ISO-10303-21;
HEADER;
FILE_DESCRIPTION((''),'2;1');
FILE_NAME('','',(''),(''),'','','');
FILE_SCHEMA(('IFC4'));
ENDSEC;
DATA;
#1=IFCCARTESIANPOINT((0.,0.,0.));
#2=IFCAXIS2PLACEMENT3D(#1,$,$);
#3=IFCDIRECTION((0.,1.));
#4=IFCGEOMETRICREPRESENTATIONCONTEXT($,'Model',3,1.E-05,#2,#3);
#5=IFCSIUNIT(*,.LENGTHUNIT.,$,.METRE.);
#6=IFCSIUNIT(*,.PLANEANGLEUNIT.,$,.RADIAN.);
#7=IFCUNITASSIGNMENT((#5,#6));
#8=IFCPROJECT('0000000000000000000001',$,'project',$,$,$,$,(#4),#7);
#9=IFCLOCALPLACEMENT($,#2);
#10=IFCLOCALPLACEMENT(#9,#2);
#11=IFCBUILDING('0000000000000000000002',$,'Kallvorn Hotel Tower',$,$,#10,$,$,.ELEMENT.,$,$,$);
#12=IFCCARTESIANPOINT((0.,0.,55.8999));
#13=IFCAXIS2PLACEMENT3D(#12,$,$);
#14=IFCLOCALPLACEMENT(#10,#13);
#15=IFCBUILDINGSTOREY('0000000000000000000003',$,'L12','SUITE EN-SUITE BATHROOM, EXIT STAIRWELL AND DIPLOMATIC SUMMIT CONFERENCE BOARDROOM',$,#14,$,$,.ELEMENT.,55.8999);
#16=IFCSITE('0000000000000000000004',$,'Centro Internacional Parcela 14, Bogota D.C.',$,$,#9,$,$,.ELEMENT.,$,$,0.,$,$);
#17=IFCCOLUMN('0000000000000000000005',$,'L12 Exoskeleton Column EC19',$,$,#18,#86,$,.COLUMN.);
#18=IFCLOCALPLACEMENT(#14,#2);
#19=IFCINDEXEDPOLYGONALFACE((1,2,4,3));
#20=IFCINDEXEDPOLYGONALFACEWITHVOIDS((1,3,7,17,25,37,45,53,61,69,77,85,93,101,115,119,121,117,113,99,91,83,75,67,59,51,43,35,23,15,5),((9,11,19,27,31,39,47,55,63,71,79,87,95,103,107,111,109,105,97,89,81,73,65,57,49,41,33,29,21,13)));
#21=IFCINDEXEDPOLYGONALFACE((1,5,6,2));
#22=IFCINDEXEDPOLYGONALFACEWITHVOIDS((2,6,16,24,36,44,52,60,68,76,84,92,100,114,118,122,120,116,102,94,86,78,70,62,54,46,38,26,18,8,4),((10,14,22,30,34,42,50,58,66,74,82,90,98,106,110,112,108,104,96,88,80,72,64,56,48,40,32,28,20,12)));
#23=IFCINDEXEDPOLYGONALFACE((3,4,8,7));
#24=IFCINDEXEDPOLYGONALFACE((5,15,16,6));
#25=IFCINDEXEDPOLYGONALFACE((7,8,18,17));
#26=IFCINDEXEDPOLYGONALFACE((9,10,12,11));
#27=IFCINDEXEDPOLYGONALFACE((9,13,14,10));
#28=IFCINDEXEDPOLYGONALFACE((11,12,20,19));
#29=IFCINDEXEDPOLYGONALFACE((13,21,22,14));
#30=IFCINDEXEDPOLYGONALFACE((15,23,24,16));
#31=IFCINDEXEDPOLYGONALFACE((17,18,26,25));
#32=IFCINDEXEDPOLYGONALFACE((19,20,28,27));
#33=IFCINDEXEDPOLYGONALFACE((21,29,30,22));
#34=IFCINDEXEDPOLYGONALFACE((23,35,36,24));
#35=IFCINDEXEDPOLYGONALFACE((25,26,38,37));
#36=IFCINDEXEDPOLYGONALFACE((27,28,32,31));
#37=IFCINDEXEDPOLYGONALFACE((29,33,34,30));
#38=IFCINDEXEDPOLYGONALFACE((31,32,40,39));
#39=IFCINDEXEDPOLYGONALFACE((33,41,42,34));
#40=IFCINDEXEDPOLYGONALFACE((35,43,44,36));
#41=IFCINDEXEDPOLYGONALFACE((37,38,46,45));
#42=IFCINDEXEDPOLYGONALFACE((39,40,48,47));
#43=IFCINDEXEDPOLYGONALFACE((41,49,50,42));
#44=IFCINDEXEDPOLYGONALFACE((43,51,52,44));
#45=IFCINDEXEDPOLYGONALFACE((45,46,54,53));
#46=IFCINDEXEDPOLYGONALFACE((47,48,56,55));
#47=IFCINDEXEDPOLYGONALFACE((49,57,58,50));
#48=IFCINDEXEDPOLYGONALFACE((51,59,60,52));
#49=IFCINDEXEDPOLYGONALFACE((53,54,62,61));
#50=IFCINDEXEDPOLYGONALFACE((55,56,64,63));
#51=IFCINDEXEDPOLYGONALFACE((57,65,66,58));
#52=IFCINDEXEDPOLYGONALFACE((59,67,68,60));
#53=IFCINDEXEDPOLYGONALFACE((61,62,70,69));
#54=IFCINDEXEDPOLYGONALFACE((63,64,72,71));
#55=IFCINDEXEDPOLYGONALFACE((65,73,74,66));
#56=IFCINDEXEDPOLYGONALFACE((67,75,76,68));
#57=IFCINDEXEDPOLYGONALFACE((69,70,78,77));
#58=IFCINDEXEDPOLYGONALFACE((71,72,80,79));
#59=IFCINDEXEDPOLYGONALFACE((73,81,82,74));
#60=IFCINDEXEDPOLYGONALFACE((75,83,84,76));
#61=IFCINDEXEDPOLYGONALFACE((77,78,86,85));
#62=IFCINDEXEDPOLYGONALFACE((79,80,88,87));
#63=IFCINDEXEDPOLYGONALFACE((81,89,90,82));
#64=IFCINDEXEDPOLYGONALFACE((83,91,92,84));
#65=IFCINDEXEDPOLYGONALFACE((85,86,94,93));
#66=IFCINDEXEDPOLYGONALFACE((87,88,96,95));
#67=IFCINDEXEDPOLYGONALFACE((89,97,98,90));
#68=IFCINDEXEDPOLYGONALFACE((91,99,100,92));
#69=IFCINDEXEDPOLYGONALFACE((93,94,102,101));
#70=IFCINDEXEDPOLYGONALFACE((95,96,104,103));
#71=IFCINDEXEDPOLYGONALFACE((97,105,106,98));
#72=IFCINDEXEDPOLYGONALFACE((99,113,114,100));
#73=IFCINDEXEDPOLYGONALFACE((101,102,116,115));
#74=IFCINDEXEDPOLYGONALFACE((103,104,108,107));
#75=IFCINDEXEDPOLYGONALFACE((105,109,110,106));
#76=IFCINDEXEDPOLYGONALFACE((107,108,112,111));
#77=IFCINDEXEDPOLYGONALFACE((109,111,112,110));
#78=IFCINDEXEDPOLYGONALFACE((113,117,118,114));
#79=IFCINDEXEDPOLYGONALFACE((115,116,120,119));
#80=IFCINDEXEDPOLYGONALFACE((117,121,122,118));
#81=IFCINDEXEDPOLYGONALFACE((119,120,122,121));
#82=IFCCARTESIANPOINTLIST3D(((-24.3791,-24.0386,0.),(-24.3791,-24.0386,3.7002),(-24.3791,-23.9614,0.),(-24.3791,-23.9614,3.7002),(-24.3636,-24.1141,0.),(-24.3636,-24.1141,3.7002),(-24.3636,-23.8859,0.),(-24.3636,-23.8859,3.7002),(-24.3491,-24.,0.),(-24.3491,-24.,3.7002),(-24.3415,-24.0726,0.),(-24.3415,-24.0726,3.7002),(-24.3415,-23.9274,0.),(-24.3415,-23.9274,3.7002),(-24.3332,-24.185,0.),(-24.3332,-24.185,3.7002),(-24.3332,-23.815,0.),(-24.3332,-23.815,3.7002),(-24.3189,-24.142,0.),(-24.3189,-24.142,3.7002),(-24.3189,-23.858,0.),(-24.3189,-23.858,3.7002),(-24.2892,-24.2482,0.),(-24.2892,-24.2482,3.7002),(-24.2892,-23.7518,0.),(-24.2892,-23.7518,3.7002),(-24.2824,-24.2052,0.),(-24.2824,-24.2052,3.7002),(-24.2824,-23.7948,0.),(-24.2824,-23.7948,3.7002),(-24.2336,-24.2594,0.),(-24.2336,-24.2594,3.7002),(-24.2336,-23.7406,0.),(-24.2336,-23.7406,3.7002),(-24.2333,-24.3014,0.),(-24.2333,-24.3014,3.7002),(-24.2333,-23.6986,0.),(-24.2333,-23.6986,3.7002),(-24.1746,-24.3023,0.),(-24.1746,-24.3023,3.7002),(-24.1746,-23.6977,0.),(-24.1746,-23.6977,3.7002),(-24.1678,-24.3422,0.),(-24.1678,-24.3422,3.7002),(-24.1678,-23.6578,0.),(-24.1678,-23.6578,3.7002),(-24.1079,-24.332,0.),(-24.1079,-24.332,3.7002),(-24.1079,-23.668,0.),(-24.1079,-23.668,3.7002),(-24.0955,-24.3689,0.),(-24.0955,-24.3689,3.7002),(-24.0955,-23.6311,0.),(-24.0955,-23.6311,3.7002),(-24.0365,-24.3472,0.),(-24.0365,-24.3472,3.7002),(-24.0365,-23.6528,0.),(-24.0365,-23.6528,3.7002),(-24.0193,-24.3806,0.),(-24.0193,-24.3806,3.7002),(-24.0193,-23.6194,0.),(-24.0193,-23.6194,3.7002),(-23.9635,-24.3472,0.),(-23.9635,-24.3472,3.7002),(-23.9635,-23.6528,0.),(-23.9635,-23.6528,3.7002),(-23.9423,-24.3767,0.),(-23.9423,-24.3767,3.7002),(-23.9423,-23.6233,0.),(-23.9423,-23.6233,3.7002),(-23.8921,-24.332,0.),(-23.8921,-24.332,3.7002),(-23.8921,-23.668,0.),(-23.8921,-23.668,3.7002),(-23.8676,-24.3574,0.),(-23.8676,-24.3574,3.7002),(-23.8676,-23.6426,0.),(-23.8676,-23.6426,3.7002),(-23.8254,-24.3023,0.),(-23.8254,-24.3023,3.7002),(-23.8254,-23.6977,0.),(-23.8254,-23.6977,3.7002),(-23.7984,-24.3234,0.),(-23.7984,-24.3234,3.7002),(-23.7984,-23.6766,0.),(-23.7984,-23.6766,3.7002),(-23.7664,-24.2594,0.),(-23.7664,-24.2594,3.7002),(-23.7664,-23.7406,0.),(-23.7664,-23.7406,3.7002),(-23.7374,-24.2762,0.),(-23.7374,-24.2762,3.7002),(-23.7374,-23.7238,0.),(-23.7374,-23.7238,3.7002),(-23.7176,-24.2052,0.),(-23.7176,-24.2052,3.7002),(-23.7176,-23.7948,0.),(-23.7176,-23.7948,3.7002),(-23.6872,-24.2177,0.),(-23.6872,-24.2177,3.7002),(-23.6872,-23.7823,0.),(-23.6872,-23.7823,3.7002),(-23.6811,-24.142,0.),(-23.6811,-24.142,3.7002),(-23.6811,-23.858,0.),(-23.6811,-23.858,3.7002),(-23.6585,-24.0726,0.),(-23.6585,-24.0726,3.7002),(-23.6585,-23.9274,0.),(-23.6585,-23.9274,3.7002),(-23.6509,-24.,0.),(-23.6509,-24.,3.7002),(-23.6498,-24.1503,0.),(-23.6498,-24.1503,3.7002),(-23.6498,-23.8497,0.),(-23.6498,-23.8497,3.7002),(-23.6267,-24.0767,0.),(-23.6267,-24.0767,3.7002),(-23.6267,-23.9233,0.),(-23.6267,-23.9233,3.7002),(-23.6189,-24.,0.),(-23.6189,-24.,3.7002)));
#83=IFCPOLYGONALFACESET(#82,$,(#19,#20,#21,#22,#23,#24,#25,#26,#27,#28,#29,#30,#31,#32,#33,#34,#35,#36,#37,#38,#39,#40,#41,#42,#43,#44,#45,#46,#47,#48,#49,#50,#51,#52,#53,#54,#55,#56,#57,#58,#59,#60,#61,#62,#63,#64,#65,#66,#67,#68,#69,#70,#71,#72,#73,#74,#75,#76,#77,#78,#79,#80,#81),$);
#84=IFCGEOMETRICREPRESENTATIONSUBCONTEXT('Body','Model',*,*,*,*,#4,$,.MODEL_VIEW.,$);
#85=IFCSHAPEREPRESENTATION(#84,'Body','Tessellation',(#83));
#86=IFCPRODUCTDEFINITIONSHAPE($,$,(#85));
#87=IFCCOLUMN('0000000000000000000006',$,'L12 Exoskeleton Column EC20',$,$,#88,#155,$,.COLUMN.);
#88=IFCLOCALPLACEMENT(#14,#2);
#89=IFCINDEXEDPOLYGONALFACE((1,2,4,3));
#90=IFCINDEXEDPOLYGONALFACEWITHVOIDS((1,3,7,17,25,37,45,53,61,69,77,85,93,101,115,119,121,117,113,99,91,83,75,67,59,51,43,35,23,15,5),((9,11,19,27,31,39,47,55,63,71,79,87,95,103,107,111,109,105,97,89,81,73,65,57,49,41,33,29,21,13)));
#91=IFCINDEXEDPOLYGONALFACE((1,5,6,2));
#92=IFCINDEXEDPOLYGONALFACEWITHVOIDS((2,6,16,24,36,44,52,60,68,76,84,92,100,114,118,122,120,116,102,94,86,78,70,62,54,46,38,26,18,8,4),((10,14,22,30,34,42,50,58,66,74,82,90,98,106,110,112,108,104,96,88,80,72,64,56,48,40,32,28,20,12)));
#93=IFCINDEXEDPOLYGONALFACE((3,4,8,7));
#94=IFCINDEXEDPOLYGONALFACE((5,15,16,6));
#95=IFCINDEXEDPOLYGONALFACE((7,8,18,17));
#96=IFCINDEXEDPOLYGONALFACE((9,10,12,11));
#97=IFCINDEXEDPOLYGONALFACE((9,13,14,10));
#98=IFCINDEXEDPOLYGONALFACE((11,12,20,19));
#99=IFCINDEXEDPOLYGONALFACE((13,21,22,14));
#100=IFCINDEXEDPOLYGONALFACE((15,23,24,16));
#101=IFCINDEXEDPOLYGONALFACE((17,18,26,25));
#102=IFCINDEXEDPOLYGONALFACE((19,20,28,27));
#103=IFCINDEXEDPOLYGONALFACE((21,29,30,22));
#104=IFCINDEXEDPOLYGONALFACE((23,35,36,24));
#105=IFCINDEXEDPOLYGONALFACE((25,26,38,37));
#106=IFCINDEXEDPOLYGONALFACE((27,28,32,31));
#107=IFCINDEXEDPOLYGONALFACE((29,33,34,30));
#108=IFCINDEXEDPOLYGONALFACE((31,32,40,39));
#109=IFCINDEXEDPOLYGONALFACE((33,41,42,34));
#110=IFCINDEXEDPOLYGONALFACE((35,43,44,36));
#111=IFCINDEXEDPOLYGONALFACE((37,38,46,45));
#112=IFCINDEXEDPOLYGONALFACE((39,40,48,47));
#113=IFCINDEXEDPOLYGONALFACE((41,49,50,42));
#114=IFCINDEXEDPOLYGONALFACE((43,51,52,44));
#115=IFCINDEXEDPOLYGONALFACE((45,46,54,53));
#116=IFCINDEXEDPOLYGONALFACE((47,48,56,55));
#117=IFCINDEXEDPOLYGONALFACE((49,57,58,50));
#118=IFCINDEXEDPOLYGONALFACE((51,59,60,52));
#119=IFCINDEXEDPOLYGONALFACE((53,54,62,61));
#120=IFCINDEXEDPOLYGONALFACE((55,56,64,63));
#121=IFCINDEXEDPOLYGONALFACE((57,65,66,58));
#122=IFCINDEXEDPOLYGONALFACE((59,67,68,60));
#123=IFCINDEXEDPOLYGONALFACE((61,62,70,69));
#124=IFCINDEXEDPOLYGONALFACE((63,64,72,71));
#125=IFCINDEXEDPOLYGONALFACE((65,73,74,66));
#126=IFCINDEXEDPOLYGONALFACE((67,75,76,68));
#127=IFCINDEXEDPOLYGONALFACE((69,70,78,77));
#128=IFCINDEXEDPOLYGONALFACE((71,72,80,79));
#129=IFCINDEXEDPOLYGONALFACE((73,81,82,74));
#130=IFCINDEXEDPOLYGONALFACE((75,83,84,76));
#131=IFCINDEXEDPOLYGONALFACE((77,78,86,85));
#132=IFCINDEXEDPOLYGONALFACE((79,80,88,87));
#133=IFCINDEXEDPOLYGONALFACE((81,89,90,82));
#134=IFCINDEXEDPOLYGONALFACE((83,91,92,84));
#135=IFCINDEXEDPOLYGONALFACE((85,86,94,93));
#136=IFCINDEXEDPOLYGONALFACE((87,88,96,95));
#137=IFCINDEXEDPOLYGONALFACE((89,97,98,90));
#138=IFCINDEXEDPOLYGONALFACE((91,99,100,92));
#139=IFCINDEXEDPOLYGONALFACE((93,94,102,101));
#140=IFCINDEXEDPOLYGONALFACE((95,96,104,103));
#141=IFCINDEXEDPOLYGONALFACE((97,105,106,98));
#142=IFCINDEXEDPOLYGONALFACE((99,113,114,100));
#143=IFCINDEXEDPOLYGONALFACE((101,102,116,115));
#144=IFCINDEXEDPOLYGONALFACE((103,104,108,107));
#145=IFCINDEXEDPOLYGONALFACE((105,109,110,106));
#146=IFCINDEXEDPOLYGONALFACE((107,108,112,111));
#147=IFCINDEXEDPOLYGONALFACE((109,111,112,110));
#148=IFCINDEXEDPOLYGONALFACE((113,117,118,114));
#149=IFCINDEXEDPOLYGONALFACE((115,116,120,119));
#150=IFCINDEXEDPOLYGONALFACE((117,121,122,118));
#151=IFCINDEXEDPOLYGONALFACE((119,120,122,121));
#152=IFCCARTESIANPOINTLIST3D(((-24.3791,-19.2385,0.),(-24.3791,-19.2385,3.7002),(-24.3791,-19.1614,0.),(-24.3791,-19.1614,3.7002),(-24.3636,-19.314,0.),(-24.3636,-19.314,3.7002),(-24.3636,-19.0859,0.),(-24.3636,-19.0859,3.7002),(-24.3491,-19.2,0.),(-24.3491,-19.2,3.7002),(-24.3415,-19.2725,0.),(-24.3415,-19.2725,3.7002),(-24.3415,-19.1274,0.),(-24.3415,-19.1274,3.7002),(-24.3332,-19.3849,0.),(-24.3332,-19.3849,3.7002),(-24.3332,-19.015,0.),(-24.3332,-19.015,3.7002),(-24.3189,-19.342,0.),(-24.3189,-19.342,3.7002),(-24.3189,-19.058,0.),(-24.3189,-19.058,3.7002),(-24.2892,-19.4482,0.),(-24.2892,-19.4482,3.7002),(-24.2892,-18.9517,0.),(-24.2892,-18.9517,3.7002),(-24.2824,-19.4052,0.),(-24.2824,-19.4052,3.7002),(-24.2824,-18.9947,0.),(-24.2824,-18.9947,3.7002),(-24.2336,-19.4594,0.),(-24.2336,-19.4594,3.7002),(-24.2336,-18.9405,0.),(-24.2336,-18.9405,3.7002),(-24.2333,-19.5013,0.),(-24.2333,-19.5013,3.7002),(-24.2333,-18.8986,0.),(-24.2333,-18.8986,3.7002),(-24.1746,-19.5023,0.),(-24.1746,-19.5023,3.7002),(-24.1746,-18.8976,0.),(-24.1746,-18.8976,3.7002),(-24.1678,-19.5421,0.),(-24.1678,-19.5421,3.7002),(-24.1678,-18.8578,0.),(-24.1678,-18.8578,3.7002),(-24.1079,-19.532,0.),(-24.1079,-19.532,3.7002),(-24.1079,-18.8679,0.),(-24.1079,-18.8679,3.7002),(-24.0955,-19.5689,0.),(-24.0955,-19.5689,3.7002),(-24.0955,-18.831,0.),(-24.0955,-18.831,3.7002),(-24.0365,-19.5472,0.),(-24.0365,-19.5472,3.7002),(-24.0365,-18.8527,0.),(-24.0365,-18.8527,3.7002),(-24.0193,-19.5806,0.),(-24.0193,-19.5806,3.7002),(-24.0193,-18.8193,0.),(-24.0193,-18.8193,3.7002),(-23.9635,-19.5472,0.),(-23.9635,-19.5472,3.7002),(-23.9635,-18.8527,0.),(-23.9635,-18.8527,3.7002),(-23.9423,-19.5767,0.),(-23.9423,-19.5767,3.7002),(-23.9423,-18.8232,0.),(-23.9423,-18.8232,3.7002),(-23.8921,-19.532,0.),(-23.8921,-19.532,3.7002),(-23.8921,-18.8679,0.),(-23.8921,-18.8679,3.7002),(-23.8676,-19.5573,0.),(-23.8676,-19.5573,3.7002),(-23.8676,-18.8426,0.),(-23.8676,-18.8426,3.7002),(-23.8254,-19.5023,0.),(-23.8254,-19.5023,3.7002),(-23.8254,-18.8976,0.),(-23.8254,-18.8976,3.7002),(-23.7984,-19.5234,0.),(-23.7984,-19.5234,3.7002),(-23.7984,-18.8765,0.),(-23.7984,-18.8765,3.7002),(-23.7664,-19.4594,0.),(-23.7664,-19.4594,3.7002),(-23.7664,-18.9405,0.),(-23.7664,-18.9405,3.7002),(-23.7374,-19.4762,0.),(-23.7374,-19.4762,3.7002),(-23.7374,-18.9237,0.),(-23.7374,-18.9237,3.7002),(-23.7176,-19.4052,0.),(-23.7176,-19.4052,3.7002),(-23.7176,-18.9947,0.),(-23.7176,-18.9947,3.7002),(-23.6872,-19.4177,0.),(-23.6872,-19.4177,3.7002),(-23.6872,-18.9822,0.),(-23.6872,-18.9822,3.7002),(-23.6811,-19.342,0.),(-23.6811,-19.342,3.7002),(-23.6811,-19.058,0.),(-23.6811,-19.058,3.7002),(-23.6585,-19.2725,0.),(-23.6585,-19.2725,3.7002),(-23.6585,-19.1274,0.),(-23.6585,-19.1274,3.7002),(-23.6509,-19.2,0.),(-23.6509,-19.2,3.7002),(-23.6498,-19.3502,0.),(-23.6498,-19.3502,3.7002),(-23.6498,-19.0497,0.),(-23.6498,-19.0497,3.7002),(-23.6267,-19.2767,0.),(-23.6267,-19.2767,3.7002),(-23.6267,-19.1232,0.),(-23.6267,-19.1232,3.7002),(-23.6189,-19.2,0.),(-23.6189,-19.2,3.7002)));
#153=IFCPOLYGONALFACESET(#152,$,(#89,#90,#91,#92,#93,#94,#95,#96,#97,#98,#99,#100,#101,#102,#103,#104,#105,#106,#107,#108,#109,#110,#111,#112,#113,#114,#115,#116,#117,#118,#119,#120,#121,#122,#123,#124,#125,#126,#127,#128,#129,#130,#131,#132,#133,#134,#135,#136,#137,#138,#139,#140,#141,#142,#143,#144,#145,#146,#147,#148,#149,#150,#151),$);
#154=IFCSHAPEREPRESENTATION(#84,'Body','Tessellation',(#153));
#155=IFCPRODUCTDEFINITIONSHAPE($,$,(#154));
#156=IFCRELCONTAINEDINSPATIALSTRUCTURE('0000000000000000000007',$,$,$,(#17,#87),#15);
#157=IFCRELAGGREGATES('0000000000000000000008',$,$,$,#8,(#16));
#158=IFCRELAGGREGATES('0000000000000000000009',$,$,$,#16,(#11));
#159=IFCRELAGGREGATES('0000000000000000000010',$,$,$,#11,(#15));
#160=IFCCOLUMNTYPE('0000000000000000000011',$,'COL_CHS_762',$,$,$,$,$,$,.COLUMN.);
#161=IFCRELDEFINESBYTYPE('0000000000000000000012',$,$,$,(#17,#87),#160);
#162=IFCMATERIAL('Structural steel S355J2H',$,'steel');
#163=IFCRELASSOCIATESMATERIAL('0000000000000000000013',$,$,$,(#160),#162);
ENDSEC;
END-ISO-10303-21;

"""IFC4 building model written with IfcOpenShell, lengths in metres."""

from ifc_helpers import new_model, si_unit, direction, frame, origin, origin_2d, place, context, subcontext, project, spatial, hollow_circle, extrude, material, material_profile, profile_set, type_object, element, save


model = new_model("IFC4")

# Units and contexts
model_context = context("Model", 3, precision=1e-05, world=origin(), true_north=direction((0.0, 1.0)))
body_context = subcontext(model_context, "Body", "Model", "MODEL_VIEW")
ifc_project = project(units=[si_unit("LENGTHUNIT", "METRE"), si_unit("PLANEANGLEUNIT", "RADIAN")], contexts=[model_context])

# Site, building, storey
site_placement = place(None, origin())
site = spatial("IfcSite", under=ifc_project, at=site_placement, Name="Centro Internacional Parcela 14, Bogota D.C.", CompositionType="ELEMENT", RefElevation=0.0)
building_placement = place(site_placement, origin())
building = spatial("IfcBuilding", under=site, at=building_placement, Name="Kallvorn Hotel Tower", CompositionType="ELEMENT")
storey_placement = place(building_placement, frame((0.0, 0.0, 55.8999)))
storey = spatial("IfcBuildingStorey", under=building, at=storey_placement, Name="L12", Description="SUITE EN-SUITE BATHROOM, EXIT STAIRWELL AND DIPLOMATIC SUMMIT CONFERENCE BOARDROOM", CompositionType="ELEMENT", Elevation=55.8999)

# Columns
ifc_material_1 = material(Name="Structural steel S355J2H", Category="steel")
ifc_material_profile_1 = material_profile(ifc_material_1, hollow_circle(Radius=0.3811, WallThickness=0.032, at=origin_2d()), Name="CHS 762x32")
ifc_profile_set_1 = profile_set([ifc_material_profile_1], Name="Structural steel S355J2H")
column_type = type_object("IfcColumnType", Name="COL_CHS_762", PredefinedType="COLUMN", material=ifc_profile_set_1)
for number, where, z_axis, x_axis, name in (
    (1, (-24.0, -24.0, 0.0), (0.0, 0.0, 1.0), (1.0, 0.0, 0.0), "L12 Exoskeleton Column EC19"),
    (2, (-24.0, -19.2, 0.0), (0.0, 0.0, 1.0), (1.0, 0.0, 0.0), "L12 Exoskeleton Column EC20"),
):
    element("IfcColumn", number, at=place(storey_placement, frame(where, z_axis=z_axis, x_axis=x_axis)), inside=storey, type_object=column_type, Name=name, PredefinedType="COLUMN", context=body_context, shape_type="SweptSolid", body=[
        extrude(hollow_circle(Radius=0.3811, WallThickness=0.032, at=origin_2d()), origin(), (0.0, 0.0, 1.0), 3.7002),
    ])

save(model, "model.ifc")
